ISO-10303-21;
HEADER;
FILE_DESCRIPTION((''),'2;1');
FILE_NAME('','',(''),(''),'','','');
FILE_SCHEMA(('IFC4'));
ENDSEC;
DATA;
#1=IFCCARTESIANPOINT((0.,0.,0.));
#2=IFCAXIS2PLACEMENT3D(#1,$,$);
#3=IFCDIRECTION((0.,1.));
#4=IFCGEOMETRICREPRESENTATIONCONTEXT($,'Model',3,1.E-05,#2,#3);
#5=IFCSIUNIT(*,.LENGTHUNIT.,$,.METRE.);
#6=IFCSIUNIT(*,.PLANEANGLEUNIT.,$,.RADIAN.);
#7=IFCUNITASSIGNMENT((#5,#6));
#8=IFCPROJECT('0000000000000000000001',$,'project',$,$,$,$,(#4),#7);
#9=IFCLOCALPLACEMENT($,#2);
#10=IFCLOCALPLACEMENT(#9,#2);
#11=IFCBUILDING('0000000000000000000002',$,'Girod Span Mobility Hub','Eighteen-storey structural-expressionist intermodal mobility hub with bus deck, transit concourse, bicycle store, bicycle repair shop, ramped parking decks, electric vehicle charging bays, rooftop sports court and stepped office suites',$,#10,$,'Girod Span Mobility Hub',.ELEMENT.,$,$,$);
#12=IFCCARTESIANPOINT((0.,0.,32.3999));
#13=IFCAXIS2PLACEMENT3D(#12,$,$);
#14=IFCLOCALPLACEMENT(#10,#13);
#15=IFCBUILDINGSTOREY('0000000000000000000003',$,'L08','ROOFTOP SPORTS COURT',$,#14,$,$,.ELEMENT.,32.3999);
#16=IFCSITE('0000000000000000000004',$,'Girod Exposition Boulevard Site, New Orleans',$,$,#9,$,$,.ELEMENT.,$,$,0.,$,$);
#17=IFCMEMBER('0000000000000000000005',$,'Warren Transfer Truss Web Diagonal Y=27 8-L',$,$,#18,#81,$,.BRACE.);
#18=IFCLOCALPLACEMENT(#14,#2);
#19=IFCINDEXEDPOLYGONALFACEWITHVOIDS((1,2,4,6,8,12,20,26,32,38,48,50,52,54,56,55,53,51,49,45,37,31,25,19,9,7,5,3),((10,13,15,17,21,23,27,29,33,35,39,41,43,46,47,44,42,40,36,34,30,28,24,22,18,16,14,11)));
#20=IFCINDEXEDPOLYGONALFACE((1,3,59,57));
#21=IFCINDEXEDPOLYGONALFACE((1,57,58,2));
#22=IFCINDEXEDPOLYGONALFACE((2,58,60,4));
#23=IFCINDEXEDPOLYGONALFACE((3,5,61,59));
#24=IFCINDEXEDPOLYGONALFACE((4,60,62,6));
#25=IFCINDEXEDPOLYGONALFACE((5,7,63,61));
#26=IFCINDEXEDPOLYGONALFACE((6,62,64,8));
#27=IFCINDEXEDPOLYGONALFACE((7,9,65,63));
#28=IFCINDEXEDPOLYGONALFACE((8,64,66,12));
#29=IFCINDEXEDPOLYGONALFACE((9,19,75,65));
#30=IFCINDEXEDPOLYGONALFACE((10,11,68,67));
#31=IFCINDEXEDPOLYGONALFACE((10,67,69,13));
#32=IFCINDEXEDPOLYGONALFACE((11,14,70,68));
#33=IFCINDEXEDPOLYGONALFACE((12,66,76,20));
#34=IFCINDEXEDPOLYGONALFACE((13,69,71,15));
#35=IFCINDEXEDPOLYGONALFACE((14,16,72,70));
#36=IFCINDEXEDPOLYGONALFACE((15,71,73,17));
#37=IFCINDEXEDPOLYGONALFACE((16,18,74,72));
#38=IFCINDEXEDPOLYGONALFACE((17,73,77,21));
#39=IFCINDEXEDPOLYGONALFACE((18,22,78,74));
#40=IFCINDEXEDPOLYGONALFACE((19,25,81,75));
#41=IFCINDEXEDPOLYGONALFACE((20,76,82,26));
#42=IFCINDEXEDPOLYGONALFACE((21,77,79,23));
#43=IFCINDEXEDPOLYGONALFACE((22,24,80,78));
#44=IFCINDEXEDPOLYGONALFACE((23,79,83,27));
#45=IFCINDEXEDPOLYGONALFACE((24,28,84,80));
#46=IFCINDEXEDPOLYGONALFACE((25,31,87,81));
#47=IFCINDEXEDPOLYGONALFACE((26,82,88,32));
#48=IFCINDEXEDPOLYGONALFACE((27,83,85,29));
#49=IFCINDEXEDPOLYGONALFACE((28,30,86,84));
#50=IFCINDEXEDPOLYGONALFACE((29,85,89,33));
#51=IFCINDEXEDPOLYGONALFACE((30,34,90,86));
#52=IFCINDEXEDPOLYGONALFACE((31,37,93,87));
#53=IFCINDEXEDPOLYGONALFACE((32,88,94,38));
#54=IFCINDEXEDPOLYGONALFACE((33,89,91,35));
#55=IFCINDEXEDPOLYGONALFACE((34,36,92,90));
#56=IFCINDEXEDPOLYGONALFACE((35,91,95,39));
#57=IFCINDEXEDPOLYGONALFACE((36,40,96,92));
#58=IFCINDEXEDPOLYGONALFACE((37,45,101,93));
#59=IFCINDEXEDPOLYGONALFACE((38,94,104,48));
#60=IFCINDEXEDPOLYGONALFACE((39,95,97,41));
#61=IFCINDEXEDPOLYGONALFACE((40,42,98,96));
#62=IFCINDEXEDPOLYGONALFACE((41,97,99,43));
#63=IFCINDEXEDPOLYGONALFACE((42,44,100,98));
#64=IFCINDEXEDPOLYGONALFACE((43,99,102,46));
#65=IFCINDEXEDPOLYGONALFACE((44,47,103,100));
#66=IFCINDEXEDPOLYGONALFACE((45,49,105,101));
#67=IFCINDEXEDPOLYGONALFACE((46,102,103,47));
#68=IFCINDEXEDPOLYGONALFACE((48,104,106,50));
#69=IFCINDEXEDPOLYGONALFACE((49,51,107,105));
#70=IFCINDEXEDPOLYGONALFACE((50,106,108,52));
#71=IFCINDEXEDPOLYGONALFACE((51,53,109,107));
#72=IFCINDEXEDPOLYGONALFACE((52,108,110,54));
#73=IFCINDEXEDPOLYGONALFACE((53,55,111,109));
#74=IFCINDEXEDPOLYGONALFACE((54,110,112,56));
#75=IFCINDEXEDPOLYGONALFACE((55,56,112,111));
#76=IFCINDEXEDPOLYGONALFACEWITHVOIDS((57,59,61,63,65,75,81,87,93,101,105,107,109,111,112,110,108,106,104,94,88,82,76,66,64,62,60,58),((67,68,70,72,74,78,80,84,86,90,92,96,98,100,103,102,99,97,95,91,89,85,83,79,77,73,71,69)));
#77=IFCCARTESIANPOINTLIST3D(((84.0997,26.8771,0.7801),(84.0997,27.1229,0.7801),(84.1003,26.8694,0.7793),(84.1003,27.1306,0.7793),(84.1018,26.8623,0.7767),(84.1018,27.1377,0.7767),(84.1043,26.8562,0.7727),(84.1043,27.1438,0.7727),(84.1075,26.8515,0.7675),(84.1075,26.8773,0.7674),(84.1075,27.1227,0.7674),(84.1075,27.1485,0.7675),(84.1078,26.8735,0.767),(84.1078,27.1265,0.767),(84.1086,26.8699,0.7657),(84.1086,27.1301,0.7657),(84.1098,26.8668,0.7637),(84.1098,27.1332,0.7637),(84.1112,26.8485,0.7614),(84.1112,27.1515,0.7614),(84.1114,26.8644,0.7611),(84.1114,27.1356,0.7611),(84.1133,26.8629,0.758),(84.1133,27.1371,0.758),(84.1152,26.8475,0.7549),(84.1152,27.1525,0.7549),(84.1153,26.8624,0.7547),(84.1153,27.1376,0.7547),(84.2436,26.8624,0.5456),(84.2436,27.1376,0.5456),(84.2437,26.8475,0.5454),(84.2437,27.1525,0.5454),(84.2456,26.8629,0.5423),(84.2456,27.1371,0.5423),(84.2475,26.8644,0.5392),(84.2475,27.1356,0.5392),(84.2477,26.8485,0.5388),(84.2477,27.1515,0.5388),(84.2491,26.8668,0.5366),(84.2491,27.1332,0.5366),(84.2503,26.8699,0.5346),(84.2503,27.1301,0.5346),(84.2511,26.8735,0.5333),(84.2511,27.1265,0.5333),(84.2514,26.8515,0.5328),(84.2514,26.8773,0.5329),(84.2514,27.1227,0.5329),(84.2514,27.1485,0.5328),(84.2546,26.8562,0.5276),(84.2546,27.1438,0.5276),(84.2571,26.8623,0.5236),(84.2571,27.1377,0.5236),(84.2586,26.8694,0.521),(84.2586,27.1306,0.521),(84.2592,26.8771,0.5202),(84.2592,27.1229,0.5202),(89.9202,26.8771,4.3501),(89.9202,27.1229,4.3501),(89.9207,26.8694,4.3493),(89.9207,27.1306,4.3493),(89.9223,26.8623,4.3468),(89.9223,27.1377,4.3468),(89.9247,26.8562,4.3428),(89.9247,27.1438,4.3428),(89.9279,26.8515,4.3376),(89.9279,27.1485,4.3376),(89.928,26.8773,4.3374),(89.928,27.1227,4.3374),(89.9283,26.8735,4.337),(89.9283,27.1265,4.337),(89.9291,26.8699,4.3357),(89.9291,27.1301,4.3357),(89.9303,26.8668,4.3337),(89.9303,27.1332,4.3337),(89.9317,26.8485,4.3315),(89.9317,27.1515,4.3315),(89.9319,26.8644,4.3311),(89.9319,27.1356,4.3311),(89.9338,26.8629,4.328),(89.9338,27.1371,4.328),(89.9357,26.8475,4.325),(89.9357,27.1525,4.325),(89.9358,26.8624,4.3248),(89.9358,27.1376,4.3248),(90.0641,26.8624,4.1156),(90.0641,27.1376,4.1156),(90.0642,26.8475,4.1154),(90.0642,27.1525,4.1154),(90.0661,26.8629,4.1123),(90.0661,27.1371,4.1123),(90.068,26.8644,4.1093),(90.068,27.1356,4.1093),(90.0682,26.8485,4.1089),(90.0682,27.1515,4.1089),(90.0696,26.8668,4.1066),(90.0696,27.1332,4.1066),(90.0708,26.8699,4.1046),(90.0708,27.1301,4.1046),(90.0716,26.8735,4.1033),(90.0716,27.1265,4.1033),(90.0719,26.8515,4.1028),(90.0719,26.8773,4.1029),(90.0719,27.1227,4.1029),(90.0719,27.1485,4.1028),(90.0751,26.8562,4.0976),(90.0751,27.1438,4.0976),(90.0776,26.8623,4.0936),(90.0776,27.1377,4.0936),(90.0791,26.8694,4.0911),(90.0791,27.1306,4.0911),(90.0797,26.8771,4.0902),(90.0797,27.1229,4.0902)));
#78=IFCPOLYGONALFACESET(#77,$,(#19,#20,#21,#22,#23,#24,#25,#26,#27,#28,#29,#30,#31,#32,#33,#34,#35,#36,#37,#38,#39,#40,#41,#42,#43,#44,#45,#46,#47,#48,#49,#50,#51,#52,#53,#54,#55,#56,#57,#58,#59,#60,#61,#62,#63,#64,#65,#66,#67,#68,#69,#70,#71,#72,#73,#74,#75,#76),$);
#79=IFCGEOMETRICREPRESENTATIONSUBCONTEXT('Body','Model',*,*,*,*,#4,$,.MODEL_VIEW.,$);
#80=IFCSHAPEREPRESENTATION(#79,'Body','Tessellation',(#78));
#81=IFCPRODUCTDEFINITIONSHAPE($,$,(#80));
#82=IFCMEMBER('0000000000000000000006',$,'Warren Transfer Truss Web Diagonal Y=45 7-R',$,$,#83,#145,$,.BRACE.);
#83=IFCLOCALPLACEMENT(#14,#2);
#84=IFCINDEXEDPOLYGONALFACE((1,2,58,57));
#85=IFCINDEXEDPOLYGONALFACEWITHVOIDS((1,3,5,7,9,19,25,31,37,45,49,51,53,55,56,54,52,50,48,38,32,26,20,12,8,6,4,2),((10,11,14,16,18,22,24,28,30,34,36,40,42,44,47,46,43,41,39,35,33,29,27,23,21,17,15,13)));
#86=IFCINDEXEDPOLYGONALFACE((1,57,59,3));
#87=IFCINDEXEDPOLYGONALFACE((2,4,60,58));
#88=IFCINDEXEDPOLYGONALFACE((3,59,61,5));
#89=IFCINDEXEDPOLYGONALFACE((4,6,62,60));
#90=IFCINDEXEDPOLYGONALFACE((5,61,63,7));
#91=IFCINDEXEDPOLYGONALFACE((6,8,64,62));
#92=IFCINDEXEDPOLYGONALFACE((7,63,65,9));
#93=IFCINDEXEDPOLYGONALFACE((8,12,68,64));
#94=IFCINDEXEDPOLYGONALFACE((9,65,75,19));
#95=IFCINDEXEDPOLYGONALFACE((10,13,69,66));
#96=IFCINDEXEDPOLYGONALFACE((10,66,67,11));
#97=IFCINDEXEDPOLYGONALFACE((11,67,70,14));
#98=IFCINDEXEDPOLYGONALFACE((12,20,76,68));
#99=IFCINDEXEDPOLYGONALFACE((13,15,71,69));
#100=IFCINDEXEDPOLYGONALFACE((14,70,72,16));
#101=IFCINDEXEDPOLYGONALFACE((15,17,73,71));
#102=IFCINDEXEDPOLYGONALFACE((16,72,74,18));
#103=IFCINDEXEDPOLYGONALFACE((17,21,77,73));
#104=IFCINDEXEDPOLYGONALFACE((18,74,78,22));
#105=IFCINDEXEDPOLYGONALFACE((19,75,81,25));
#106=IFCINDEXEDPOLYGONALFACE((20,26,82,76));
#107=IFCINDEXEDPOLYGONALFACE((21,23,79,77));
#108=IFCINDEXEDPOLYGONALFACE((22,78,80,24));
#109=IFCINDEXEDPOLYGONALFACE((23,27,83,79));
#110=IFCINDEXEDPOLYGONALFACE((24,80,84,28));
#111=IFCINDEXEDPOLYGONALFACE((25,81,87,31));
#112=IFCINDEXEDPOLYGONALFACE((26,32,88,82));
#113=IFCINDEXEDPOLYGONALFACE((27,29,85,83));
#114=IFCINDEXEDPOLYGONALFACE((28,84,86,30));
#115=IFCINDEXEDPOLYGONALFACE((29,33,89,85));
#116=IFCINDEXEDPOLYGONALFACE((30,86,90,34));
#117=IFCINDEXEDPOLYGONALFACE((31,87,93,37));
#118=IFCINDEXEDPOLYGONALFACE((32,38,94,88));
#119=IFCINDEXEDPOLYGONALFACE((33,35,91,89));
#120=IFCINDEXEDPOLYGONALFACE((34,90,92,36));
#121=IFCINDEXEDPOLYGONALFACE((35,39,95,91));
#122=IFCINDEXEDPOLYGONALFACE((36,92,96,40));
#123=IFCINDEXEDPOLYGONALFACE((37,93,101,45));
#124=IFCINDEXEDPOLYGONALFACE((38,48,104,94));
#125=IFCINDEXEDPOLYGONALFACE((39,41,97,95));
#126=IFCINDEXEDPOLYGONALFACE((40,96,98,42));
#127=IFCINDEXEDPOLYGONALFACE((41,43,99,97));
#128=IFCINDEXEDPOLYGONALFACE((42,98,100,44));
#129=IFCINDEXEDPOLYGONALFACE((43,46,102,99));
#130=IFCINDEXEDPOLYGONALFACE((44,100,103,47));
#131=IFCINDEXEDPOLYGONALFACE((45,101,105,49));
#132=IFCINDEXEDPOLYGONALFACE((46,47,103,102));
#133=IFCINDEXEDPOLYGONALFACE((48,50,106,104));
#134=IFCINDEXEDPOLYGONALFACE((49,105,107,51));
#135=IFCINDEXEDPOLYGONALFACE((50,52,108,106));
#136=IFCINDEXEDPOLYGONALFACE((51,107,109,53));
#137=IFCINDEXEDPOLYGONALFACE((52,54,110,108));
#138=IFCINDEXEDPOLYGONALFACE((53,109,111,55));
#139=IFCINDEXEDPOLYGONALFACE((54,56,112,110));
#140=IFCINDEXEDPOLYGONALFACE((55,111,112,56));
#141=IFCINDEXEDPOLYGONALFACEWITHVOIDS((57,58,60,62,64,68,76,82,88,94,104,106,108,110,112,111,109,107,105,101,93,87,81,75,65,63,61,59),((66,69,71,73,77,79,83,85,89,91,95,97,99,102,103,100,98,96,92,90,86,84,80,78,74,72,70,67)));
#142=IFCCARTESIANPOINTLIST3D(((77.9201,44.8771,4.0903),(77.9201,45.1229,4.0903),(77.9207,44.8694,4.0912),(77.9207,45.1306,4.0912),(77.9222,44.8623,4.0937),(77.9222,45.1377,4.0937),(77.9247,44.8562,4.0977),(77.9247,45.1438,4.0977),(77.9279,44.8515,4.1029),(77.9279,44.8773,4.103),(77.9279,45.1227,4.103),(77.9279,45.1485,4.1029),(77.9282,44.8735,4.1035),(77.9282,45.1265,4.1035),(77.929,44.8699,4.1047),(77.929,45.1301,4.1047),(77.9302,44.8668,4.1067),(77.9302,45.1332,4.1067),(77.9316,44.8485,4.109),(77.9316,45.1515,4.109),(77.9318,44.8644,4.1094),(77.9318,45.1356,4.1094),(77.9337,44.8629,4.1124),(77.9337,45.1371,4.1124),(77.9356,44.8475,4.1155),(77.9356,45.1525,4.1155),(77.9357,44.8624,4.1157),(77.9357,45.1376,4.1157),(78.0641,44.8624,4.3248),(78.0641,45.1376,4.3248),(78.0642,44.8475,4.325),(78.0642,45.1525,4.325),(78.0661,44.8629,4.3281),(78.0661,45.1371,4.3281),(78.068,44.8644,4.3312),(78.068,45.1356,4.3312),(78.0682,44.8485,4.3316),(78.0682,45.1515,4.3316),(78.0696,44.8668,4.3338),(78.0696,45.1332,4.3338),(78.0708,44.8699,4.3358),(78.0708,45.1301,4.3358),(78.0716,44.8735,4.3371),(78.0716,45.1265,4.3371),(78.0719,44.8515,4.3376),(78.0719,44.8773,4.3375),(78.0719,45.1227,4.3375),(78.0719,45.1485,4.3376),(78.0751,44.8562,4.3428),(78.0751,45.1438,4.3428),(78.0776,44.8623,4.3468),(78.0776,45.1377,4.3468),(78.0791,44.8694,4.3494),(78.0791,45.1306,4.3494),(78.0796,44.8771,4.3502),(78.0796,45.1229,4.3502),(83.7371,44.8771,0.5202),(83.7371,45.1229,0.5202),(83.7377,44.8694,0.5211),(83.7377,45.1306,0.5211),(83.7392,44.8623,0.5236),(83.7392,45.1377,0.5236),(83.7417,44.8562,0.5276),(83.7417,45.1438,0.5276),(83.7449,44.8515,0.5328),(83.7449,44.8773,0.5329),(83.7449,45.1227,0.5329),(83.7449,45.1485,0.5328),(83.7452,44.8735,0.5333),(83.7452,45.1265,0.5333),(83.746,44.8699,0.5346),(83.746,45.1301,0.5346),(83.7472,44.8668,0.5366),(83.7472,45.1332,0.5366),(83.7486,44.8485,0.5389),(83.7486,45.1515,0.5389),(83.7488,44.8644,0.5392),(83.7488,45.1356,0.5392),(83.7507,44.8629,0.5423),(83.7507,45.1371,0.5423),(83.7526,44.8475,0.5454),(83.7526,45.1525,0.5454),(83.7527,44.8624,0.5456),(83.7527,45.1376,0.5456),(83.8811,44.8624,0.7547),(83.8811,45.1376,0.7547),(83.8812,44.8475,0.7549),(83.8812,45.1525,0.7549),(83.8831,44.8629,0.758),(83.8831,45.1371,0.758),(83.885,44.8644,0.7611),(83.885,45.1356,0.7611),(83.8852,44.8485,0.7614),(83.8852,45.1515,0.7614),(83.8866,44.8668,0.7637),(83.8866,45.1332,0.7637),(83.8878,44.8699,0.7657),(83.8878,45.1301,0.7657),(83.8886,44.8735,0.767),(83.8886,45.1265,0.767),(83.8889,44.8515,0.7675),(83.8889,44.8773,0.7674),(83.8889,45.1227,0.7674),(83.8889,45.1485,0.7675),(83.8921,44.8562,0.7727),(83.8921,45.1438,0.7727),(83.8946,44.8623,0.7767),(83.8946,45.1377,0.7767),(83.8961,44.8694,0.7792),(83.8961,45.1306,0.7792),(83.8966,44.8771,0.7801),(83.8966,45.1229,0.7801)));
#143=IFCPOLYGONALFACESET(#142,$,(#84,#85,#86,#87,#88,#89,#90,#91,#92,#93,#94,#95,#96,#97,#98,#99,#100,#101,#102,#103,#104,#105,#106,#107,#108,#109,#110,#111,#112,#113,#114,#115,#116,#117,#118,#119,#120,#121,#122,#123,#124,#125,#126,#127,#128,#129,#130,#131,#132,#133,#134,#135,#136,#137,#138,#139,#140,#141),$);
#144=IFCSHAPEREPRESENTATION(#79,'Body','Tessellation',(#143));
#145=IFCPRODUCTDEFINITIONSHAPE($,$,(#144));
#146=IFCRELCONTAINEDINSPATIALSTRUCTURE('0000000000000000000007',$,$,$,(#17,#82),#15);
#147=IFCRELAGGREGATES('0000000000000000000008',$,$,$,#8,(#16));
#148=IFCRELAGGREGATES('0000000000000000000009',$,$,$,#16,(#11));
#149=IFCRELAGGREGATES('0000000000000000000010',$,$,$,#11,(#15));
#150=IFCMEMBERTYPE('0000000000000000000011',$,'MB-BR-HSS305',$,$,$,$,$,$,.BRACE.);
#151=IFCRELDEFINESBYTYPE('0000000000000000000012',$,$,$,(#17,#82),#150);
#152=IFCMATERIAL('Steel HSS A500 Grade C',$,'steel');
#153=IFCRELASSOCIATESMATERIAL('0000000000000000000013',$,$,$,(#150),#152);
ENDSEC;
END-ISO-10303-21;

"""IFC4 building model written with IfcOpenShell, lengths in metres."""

from ifc_helpers import new_model, si_unit, direction, frame, origin, origin_2d, place, context, subcontext, project, spatial, hollow_rectangle, extrude, material, material_profile, profile_set, type_object, element, save


model = new_model("IFC4")

# Units and contexts
model_context = context("Model", 3, precision=1e-05, world=origin(), true_north=direction((0.0, 1.0)))
body_context = subcontext(model_context, "Body", "Model", "MODEL_VIEW")
ifc_project = project(units=[si_unit("LENGTHUNIT", "METRE"), si_unit("PLANEANGLEUNIT", "RADIAN")], contexts=[model_context])

# Site, building, storey
site_placement = place(None, origin())
site = spatial("IfcSite", under=ifc_project, at=site_placement, Name="Girod Exposition Boulevard Site, New Orleans", CompositionType="ELEMENT", RefElevation=0.0)
building_placement = place(site_placement, origin())
building = spatial("IfcBuilding", under=site, at=building_placement, Name="Girod Span Mobility Hub", Description="Eighteen-storey structural-expressionist intermodal mobility hub with bus deck, transit concourse, bicycle store, bicycle repair shop, ramped parking decks, electric vehicle charging bays, rooftop sports court and stepped office suites", LongName="Girod Span Mobility Hub", CompositionType="ELEMENT")
storey_placement = place(building_placement, frame((0.0, 0.0, 32.3999)))
storey = spatial("IfcBuildingStorey", under=building, at=storey_placement, Name="L08", Description="ROOFTOP SPORTS COURT", CompositionType="ELEMENT", Elevation=32.3999)

# Members
ifc_material_1 = material(Name="Steel HSS A500 Grade C", Category="steel")
ifc_material_profile_1 = material_profile(ifc_material_1, hollow_rectangle(XDim=0.3049, YDim=0.3049, WallThickness=0.0149, InnerFilletRadius=0.0149, OuterFilletRadius=0.0295, at=origin_2d()), Name="HSS305X305X16")
ifc_profile_set_1 = profile_set([ifc_material_profile_1], Name="Steel HSS A500 Grade C")
member_type_1 = type_object("IfcMemberType", Name="MB-BR-HSS305", PredefinedType="BRACE", material=ifc_profile_set_1)
member_1_placement = place(storey_placement, frame((84.1794, 27.0, 0.6501), z_axis=(0.85243, 0.0, 0.522842), x_axis=(0.0, 1.0, 0.0)))
element("IfcMember", 1, at=member_1_placement, inside=storey, type_object=member_type_1, Name="Warren Transfer Truss Web Diagonal Y=27 8-L", PredefinedType="BRACE", context=body_context, shape_type="SweptSolid", body=[
    extrude(hollow_rectangle(XDim=0.3049, YDim=0.3049, WallThickness=0.0149, InnerFilletRadius=0.0149, OuterFilletRadius=0.0295, at=origin_2d()), origin(), (0.0, 0.0, 1.0), 6.8281),
])
for number, where, z_axis, x_axis, name in (
    (2, (83.8169, 45.0, 0.6501), (-0.852283, 0.0, 0.523081), (0.0, -1.0, 0.0), "Warren Transfer Truss Web Diagonal Y=45 7-R"),
):
    element("IfcMember", number, at=place(storey_placement, frame(where, z_axis=z_axis, x_axis=x_axis)), inside=storey, type_object=member_type_1, Name=name, PredefinedType="BRACE", context=body_context, shape_type="SweptSolid", body=[
        extrude(hollow_rectangle(XDim=0.3049, YDim=0.3049, WallThickness=0.0149, InnerFilletRadius=0.0149, OuterFilletRadius=0.0295, at=origin_2d()), origin(), (0.0, 0.0, 1.0), 6.8252),
    ])

save(model, "model.ifc")
